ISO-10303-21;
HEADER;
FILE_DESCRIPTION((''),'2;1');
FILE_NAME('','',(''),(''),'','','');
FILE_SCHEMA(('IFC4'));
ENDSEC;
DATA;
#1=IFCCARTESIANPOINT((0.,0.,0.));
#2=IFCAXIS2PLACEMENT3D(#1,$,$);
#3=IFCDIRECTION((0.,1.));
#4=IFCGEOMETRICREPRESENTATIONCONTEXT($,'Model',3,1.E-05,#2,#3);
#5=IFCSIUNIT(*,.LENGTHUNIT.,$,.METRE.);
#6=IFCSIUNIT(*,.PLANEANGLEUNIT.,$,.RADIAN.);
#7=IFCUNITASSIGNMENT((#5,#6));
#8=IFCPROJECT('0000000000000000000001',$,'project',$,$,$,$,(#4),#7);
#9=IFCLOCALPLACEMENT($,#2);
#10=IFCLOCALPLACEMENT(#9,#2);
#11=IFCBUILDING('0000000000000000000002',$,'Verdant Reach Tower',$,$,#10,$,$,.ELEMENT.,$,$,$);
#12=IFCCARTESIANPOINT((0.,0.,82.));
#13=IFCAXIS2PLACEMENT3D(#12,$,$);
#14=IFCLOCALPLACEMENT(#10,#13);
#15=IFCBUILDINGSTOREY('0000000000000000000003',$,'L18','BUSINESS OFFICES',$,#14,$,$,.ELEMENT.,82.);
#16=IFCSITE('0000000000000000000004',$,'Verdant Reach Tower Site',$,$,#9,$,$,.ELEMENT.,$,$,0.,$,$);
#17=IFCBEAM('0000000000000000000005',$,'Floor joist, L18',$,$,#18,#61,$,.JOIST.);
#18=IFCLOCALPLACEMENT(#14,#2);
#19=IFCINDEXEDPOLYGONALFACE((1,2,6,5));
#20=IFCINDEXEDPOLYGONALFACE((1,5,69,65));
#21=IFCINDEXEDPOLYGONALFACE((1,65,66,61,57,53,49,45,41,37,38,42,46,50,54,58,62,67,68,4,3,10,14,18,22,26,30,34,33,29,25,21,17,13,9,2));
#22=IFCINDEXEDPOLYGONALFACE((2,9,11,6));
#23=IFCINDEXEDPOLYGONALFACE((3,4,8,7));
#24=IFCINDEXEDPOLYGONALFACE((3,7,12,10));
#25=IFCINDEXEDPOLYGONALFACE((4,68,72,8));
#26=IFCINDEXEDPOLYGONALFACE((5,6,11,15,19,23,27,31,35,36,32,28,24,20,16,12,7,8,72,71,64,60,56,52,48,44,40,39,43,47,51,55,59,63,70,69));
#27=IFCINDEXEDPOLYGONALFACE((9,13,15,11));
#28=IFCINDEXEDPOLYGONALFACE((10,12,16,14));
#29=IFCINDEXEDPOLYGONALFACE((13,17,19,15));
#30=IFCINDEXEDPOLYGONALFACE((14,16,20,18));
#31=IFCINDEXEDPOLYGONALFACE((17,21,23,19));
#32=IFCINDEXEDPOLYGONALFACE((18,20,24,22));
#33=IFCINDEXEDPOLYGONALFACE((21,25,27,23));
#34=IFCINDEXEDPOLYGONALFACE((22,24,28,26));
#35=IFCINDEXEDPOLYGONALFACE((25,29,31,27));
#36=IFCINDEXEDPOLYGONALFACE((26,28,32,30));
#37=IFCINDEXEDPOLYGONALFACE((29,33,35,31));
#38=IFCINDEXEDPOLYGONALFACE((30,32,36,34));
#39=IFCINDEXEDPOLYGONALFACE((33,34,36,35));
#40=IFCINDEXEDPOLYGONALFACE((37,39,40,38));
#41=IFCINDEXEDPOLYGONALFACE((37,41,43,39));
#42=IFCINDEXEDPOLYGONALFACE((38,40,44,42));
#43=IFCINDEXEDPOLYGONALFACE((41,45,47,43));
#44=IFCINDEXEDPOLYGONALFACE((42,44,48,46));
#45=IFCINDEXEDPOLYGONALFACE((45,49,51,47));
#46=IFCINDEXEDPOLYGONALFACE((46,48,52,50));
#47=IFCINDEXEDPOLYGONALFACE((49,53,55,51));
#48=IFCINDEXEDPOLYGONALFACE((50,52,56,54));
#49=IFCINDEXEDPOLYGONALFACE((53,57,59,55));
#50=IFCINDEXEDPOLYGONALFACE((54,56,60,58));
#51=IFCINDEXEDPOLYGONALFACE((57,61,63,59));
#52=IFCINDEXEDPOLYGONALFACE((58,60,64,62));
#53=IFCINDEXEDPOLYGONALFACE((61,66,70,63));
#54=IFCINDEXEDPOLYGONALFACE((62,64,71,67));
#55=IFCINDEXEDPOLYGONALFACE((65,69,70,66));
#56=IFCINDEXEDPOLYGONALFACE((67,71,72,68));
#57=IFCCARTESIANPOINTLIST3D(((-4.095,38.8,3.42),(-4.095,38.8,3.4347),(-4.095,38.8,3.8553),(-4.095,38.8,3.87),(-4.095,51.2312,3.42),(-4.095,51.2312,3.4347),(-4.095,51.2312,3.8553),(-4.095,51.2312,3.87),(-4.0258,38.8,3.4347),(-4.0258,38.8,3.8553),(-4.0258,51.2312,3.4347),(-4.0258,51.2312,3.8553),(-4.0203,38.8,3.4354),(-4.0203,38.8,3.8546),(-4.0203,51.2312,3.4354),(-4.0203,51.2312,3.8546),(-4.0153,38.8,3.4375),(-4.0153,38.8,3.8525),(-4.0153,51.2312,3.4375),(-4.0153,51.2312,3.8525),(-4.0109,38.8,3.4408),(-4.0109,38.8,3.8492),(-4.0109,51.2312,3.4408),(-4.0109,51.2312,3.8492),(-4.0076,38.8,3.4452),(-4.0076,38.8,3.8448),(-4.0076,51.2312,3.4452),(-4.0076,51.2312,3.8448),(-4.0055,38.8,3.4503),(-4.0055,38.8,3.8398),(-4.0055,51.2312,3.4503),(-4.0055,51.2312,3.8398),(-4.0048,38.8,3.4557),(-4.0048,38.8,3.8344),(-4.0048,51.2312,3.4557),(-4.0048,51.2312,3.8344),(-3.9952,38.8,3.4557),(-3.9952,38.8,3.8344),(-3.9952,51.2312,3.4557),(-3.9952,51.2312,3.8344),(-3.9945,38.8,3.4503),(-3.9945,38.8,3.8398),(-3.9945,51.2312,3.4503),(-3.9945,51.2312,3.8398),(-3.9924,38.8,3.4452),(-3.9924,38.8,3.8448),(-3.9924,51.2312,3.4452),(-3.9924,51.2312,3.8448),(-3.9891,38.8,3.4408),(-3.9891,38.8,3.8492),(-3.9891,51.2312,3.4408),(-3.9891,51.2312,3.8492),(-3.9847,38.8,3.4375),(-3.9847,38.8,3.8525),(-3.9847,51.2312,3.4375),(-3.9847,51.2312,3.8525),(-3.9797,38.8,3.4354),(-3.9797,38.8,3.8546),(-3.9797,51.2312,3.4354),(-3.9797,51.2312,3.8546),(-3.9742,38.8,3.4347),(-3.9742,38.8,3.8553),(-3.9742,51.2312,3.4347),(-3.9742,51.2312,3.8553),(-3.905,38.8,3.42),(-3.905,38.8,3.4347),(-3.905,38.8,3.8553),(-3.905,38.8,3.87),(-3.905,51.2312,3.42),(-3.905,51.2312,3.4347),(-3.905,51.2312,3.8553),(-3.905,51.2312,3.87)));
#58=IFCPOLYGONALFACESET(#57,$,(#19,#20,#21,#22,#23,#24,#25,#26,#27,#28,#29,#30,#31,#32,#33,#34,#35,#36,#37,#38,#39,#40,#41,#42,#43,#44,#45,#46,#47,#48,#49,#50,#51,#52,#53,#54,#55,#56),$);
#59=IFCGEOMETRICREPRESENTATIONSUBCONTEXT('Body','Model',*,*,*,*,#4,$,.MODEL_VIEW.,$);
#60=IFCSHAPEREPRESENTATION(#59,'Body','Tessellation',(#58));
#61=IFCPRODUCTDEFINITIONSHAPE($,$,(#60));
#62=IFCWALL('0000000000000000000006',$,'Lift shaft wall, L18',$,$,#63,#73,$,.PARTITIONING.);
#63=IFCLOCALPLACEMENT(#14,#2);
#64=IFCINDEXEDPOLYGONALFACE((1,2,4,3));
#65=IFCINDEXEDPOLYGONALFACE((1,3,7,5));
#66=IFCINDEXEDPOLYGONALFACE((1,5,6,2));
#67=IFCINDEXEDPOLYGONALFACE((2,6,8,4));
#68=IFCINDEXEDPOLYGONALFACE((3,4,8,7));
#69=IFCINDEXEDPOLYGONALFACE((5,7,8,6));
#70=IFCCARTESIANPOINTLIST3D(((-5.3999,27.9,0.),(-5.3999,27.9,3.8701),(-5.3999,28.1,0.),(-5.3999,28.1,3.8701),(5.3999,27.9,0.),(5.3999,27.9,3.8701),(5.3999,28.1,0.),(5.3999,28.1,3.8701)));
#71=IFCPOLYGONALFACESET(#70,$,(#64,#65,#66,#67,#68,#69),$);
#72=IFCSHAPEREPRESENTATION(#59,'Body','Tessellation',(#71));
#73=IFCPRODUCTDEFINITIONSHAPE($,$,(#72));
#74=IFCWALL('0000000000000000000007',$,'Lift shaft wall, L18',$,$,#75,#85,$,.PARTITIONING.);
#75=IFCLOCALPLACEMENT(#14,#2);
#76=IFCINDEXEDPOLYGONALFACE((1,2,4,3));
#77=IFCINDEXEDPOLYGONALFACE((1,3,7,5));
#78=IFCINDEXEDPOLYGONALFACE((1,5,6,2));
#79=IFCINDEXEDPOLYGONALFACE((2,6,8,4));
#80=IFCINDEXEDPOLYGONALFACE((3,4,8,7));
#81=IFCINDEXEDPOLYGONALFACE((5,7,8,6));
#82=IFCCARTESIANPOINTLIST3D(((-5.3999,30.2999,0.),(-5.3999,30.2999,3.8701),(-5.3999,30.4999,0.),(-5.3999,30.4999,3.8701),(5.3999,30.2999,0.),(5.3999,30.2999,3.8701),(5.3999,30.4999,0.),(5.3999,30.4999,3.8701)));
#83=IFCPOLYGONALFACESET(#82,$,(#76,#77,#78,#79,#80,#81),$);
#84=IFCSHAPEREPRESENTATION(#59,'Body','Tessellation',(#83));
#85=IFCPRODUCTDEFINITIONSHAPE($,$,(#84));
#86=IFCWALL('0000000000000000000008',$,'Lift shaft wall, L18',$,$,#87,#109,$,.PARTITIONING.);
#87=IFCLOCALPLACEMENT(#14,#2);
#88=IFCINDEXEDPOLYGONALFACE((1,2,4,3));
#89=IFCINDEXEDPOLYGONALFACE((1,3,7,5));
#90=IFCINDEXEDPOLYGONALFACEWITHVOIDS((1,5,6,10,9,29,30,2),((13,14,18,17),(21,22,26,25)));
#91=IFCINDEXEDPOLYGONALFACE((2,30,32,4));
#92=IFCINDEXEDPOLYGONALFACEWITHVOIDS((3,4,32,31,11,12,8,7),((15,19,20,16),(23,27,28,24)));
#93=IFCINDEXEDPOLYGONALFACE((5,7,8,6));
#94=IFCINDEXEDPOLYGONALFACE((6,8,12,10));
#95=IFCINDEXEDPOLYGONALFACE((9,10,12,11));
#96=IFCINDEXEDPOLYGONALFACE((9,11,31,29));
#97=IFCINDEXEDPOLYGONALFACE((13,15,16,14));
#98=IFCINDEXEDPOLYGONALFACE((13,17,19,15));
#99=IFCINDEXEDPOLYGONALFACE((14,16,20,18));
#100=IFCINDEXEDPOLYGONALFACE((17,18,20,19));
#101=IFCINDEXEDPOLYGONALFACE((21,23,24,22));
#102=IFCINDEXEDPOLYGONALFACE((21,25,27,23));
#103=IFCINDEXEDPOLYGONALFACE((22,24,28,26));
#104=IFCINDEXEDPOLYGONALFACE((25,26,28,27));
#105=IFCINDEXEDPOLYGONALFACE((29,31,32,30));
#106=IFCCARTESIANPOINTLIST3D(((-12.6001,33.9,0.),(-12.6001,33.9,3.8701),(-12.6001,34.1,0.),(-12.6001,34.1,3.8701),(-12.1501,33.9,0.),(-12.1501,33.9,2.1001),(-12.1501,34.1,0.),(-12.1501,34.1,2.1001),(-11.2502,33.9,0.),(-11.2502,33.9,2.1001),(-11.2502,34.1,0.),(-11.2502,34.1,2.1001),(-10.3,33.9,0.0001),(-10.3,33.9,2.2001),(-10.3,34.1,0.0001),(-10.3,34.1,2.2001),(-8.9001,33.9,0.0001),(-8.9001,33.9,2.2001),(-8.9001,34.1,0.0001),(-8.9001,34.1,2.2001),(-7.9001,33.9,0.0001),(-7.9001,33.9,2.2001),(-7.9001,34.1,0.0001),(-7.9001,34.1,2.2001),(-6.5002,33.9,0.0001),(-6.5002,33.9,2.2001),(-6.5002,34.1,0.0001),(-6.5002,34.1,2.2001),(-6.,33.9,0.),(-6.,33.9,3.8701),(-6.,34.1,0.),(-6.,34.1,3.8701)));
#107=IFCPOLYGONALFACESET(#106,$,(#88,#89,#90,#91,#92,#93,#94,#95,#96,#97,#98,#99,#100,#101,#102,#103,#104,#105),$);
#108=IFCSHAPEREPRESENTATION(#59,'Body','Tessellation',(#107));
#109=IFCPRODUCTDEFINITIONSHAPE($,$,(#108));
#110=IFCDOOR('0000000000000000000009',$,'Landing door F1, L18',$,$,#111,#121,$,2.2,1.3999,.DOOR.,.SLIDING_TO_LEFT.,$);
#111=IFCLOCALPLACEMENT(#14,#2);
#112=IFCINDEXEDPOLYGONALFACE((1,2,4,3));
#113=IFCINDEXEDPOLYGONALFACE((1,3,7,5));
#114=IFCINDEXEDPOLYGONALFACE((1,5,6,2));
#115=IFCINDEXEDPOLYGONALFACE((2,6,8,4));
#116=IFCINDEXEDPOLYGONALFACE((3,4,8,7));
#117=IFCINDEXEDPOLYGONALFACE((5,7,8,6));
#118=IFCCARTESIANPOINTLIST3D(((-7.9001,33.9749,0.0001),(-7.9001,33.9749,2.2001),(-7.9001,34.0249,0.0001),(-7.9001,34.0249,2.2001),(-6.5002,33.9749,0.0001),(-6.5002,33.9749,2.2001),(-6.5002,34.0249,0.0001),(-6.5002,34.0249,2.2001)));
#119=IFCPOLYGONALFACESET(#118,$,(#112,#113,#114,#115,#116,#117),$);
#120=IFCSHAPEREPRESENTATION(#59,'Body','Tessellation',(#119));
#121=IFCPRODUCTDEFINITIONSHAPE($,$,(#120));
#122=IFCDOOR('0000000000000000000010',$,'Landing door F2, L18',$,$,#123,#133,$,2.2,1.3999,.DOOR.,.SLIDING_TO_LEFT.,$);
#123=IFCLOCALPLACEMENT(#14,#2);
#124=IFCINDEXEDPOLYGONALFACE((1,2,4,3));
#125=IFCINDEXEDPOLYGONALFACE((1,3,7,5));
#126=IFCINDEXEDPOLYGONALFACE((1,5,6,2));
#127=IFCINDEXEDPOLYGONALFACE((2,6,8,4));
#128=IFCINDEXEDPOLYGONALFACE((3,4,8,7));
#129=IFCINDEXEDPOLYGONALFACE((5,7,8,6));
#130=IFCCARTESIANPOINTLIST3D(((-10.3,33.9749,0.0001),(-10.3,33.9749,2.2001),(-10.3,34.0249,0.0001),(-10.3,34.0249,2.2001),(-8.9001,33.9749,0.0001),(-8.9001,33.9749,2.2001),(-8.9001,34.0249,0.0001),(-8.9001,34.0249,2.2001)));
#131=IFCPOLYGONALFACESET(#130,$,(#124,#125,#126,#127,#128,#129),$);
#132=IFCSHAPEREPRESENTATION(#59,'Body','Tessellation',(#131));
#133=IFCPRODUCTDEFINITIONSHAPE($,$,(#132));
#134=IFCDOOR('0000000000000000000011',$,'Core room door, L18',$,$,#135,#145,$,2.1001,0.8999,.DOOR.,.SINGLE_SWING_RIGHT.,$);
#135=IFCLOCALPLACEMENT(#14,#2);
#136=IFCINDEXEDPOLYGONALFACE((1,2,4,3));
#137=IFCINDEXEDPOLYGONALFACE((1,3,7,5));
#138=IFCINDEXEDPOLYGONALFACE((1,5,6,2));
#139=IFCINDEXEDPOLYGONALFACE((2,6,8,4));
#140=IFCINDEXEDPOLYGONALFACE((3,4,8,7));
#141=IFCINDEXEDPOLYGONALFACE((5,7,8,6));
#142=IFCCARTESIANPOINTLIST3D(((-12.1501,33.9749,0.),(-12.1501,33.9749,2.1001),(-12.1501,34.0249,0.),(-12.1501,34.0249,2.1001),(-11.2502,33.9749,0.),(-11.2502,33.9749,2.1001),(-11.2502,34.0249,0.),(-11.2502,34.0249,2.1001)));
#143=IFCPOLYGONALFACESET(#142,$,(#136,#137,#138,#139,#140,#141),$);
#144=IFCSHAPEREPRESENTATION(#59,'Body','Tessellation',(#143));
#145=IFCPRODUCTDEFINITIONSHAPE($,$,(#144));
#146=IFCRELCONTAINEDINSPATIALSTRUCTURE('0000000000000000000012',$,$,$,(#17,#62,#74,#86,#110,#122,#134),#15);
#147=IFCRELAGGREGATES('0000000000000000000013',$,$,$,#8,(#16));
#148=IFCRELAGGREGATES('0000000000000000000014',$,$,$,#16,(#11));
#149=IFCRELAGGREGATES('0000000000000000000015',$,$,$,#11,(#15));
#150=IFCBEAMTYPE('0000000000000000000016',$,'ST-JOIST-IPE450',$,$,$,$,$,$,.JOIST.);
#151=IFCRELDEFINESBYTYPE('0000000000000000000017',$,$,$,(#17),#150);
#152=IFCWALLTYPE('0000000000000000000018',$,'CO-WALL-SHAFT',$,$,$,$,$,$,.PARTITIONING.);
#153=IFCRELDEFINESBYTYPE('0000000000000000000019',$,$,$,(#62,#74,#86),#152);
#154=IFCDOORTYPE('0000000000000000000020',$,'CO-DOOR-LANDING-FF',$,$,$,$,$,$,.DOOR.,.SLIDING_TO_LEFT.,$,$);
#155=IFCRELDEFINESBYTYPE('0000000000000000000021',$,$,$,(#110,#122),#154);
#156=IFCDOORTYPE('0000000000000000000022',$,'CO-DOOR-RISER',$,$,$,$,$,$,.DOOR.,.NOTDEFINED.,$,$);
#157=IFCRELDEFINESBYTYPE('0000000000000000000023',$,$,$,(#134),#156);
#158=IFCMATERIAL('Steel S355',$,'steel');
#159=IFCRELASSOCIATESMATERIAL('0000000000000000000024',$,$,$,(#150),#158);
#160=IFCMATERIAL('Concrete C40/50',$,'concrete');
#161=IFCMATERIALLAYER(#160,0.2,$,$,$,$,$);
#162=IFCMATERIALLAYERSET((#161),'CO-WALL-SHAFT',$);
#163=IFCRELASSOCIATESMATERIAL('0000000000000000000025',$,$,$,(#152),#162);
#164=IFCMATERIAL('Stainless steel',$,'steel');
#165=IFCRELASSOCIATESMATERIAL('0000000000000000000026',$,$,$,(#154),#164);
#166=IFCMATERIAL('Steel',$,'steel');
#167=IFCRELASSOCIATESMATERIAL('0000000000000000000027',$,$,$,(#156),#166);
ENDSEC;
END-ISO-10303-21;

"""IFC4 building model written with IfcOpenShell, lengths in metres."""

from ifc_helpers import new_model, si_unit, direction, frame, frame_2d, origin, origin_2d, place, context, subcontext, project, spatial, rectangle, i_section, extrude, material, layer, layer_set, material_profile, profile_set, type_object, element, fill, save


model = new_model("IFC4")

# Units and contexts
model_context = context("Model", 3, precision=1e-05, world=origin(), true_north=direction((0.0, 1.0)))
body_context = subcontext(model_context, "Body", "Model", "MODEL_VIEW")
ifc_project = project(units=[si_unit("LENGTHUNIT", "METRE"), si_unit("PLANEANGLEUNIT", "RADIAN")], contexts=[model_context])

# Site, building, storey
site_placement = place(None, origin())
site = spatial("IfcSite", under=ifc_project, at=site_placement, Name="Verdant Reach Tower Site", CompositionType="ELEMENT", RefElevation=0.0)
building_placement = place(site_placement, origin())
building = spatial("IfcBuilding", under=site, at=building_placement, Name="Verdant Reach Tower", CompositionType="ELEMENT")
storey_placement = place(building_placement, frame((0.0, 0.0, 82.0)))
storey = spatial("IfcBuildingStorey", under=building, at=storey_placement, Name="L18", Description="BUSINESS OFFICES", CompositionType="ELEMENT", Elevation=82.0)

# Beam
ifc_material_1 = material(Name="Steel S355", Category="steel")
ifc_material_profile_1 = material_profile(ifc_material_1, i_section(OverallWidth=0.1899, OverallDepth=0.45, WebThickness=0.0095, FlangeThickness=0.0146, FilletRadius=0.021, at=origin_2d()), Name="IPE 450")
ifc_profile_set_1 = profile_set([ifc_material_profile_1], Name="Steel S355")
beam_type_1 = type_object("IfcBeamType", Name="ST-JOIST-IPE450", PredefinedType="JOIST", material=ifc_profile_set_1)
beam_1_placement = place(storey_placement, frame((-4.0, 38.8, 3.645), z_axis=(0.0, 1.0, 0.0), x_axis=(-1.0, 0.0, 0.0)))
element("IfcBeam", 1, at=beam_1_placement, inside=storey, type_object=beam_type_1, Name="Floor joist, L18", PredefinedType="JOIST", context=body_context, shape_type="SweptSolid", body=[
    extrude(i_section(OverallWidth=0.1899, OverallDepth=0.45, WebThickness=0.0095, FlangeThickness=0.0146, FilletRadius=0.021, at=origin_2d()), origin(), (0.0, 0.0, 1.0), 12.4312),
])

# Walls
ifc_material_2 = material(Name="Concrete C40/50", Category="concrete")
ifc_layer_1 = layer(ifc_material_2, 0.2)
ifc_layer_set_1 = layer_set([ifc_layer_1], Name="CO-WALL-SHAFT")
wall_type_1 = type_object("IfcWallType", Name="CO-WALL-SHAFT", PredefinedType="PARTITIONING", material=ifc_layer_set_1)
for number, where, z_axis, x_axis, name in (
    (2, (-5.3999, 28.0, 0.0), (0.0, 0.0, 1.0), (1.0, 0.0, 0.0), "Lift shaft wall, L18"),
    (3, (-5.3999, 30.3999, 0.0), (0.0, 0.0, 1.0), (1.0, 0.0, 0.0), "Lift shaft wall, L18"),
):
    element("IfcWall", number, at=place(storey_placement, frame(where, z_axis=z_axis, x_axis=x_axis)), inside=storey, type_object=wall_type_1, Name=name, PredefinedType="PARTITIONING", context=body_context, shape_type="SweptSolid", body=[
        extrude(rectangle(XDim=10.7998, YDim=0.2, at=frame_2d((5.3999, 0.0))), origin(), (0.0, 0.0, 1.0), 3.8701),
    ])

# Wall, openings, doors
wall_1_placement = place(storey_placement, frame((-12.6001, 34.0, 0.0), z_axis=(0.0, 0.0, 1.0), x_axis=(1.0, 0.0, 0.0)))
wall_1 = element("IfcWall", 4, at=wall_1_placement, inside=storey, type_object=wall_type_1, Name="Lift shaft wall, L18", PredefinedType="PARTITIONING", context=body_context, shape_type="SweptSolid", body=[
    extrude(rectangle(XDim=6.6001, YDim=0.2, at=frame_2d((3.3, 0.0))), origin(), (0.0, 0.0, 1.0), 3.8701),
])
opening_1_placement = place(wall_1_placement, frame((4.7, 0.0, 0.0)))
opening_1 = element("IfcOpeningElement", 5, at=opening_1_placement, cuts=wall_1, PredefinedType="OPENING", context=body_context, shape_type="SweptSolid", body=[
    extrude(rectangle(XDim=1.3999, YDim=2.2, at=frame_2d((0.7, 1.1001))), frame((0.0, 0.1099, 0.0), z_axis=(0.0, -1.0, 0.0), x_axis=(1.0, 0.0, 0.0)), (0.0, 0.0, 1.0), 0.22),
])
opening_2_placement = place(wall_1_placement, frame((2.3, 0.0, 0.0)))
opening_2 = element("IfcOpeningElement", 6, at=opening_2_placement, cuts=wall_1, PredefinedType="OPENING", context=body_context, shape_type="SweptSolid", body=[
    extrude(rectangle(XDim=1.3999, YDim=2.2, at=frame_2d((0.7, 1.1001))), frame((0.0, 0.1099, 0.0), z_axis=(0.0, -1.0, 0.0), x_axis=(1.0, 0.0, 0.0)), (0.0, 0.0, 1.0), 0.22),
])
opening_3_placement = place(wall_1_placement, frame((0.45, 0.0, 0.0)))
opening_3 = element("IfcOpeningElement", 7, at=opening_3_placement, cuts=wall_1, PredefinedType="OPENING", context=body_context, shape_type="SweptSolid", body=[
    extrude(rectangle(XDim=0.8999, YDim=2.1001, at=frame_2d((0.45, 1.05))), frame((0.0, 0.1099, 0.0), z_axis=(0.0, -1.0, 0.0), x_axis=(1.0, 0.0, 0.0)), (0.0, 0.0, 1.0), 0.22),
])
ifc_material_3 = material(Name="Stainless steel", Category="steel")
door_type_1 = type_object("IfcDoorType", Name="CO-DOOR-LANDING-FF", OperationType="SLIDING_TO_LEFT", PredefinedType="DOOR", material=ifc_material_3)
door_1_placement = place(opening_1_placement, origin())
door_1 = element("IfcDoor", 8, at=door_1_placement, inside=storey, type_object=door_type_1, Name="Landing door F1, L18", OperationType="SLIDING_TO_LEFT", OverallHeight=2.2, OverallWidth=1.3999, PredefinedType="DOOR", context=body_context, shape_type="SweptSolid", body=[
    extrude(rectangle(XDim=1.3999, YDim=2.2, at=frame_2d((0.7, 1.1001))), frame((0.0, 0.0249, 0.0), z_axis=(0.0, -1.0, 0.0), x_axis=(1.0, 0.0, 0.0)), (0.0, 0.0, 1.0), 0.05),
])
fill(opening_1, door_1)
door_2_placement = place(opening_2_placement, origin())
door_2 = element("IfcDoor", 9, at=door_2_placement, inside=storey, type_object=door_type_1, Name="Landing door F2, L18", OperationType="SLIDING_TO_LEFT", OverallHeight=2.2, OverallWidth=1.3999, PredefinedType="DOOR", context=body_context, shape_type="SweptSolid", body=[
    extrude(rectangle(XDim=1.3999, YDim=2.2, at=frame_2d((0.7, 1.1001))), frame((0.0, 0.0249, 0.0), z_axis=(0.0, -1.0, 0.0), x_axis=(1.0, 0.0, 0.0)), (0.0, 0.0, 1.0), 0.05),
])
fill(opening_2, door_2)
ifc_material_4 = material(Name="Steel", Category="steel")
door_type_2 = type_object("IfcDoorType", Name="CO-DOOR-RISER", OperationType="NOTDEFINED", PredefinedType="DOOR", material=ifc_material_4)
door_3_placement = place(opening_3_placement, origin())
door_3 = element("IfcDoor", 10, at=door_3_placement, inside=storey, type_object=door_type_2, Name="Core room door, L18", OperationType="SINGLE_SWING_RIGHT", OverallHeight=2.1001, OverallWidth=0.8999, PredefinedType="DOOR", context=body_context, shape_type="SweptSolid", body=[
    extrude(rectangle(XDim=0.8999, YDim=2.1001, at=frame_2d((0.45, 1.05))), frame((0.0, 0.0249, 0.0), z_axis=(0.0, -1.0, 0.0), x_axis=(1.0, 0.0, 0.0)), (0.0, 0.0, 1.0), 0.05),
])
fill(opening_3, door_3)

save(model, "model.ifc")
